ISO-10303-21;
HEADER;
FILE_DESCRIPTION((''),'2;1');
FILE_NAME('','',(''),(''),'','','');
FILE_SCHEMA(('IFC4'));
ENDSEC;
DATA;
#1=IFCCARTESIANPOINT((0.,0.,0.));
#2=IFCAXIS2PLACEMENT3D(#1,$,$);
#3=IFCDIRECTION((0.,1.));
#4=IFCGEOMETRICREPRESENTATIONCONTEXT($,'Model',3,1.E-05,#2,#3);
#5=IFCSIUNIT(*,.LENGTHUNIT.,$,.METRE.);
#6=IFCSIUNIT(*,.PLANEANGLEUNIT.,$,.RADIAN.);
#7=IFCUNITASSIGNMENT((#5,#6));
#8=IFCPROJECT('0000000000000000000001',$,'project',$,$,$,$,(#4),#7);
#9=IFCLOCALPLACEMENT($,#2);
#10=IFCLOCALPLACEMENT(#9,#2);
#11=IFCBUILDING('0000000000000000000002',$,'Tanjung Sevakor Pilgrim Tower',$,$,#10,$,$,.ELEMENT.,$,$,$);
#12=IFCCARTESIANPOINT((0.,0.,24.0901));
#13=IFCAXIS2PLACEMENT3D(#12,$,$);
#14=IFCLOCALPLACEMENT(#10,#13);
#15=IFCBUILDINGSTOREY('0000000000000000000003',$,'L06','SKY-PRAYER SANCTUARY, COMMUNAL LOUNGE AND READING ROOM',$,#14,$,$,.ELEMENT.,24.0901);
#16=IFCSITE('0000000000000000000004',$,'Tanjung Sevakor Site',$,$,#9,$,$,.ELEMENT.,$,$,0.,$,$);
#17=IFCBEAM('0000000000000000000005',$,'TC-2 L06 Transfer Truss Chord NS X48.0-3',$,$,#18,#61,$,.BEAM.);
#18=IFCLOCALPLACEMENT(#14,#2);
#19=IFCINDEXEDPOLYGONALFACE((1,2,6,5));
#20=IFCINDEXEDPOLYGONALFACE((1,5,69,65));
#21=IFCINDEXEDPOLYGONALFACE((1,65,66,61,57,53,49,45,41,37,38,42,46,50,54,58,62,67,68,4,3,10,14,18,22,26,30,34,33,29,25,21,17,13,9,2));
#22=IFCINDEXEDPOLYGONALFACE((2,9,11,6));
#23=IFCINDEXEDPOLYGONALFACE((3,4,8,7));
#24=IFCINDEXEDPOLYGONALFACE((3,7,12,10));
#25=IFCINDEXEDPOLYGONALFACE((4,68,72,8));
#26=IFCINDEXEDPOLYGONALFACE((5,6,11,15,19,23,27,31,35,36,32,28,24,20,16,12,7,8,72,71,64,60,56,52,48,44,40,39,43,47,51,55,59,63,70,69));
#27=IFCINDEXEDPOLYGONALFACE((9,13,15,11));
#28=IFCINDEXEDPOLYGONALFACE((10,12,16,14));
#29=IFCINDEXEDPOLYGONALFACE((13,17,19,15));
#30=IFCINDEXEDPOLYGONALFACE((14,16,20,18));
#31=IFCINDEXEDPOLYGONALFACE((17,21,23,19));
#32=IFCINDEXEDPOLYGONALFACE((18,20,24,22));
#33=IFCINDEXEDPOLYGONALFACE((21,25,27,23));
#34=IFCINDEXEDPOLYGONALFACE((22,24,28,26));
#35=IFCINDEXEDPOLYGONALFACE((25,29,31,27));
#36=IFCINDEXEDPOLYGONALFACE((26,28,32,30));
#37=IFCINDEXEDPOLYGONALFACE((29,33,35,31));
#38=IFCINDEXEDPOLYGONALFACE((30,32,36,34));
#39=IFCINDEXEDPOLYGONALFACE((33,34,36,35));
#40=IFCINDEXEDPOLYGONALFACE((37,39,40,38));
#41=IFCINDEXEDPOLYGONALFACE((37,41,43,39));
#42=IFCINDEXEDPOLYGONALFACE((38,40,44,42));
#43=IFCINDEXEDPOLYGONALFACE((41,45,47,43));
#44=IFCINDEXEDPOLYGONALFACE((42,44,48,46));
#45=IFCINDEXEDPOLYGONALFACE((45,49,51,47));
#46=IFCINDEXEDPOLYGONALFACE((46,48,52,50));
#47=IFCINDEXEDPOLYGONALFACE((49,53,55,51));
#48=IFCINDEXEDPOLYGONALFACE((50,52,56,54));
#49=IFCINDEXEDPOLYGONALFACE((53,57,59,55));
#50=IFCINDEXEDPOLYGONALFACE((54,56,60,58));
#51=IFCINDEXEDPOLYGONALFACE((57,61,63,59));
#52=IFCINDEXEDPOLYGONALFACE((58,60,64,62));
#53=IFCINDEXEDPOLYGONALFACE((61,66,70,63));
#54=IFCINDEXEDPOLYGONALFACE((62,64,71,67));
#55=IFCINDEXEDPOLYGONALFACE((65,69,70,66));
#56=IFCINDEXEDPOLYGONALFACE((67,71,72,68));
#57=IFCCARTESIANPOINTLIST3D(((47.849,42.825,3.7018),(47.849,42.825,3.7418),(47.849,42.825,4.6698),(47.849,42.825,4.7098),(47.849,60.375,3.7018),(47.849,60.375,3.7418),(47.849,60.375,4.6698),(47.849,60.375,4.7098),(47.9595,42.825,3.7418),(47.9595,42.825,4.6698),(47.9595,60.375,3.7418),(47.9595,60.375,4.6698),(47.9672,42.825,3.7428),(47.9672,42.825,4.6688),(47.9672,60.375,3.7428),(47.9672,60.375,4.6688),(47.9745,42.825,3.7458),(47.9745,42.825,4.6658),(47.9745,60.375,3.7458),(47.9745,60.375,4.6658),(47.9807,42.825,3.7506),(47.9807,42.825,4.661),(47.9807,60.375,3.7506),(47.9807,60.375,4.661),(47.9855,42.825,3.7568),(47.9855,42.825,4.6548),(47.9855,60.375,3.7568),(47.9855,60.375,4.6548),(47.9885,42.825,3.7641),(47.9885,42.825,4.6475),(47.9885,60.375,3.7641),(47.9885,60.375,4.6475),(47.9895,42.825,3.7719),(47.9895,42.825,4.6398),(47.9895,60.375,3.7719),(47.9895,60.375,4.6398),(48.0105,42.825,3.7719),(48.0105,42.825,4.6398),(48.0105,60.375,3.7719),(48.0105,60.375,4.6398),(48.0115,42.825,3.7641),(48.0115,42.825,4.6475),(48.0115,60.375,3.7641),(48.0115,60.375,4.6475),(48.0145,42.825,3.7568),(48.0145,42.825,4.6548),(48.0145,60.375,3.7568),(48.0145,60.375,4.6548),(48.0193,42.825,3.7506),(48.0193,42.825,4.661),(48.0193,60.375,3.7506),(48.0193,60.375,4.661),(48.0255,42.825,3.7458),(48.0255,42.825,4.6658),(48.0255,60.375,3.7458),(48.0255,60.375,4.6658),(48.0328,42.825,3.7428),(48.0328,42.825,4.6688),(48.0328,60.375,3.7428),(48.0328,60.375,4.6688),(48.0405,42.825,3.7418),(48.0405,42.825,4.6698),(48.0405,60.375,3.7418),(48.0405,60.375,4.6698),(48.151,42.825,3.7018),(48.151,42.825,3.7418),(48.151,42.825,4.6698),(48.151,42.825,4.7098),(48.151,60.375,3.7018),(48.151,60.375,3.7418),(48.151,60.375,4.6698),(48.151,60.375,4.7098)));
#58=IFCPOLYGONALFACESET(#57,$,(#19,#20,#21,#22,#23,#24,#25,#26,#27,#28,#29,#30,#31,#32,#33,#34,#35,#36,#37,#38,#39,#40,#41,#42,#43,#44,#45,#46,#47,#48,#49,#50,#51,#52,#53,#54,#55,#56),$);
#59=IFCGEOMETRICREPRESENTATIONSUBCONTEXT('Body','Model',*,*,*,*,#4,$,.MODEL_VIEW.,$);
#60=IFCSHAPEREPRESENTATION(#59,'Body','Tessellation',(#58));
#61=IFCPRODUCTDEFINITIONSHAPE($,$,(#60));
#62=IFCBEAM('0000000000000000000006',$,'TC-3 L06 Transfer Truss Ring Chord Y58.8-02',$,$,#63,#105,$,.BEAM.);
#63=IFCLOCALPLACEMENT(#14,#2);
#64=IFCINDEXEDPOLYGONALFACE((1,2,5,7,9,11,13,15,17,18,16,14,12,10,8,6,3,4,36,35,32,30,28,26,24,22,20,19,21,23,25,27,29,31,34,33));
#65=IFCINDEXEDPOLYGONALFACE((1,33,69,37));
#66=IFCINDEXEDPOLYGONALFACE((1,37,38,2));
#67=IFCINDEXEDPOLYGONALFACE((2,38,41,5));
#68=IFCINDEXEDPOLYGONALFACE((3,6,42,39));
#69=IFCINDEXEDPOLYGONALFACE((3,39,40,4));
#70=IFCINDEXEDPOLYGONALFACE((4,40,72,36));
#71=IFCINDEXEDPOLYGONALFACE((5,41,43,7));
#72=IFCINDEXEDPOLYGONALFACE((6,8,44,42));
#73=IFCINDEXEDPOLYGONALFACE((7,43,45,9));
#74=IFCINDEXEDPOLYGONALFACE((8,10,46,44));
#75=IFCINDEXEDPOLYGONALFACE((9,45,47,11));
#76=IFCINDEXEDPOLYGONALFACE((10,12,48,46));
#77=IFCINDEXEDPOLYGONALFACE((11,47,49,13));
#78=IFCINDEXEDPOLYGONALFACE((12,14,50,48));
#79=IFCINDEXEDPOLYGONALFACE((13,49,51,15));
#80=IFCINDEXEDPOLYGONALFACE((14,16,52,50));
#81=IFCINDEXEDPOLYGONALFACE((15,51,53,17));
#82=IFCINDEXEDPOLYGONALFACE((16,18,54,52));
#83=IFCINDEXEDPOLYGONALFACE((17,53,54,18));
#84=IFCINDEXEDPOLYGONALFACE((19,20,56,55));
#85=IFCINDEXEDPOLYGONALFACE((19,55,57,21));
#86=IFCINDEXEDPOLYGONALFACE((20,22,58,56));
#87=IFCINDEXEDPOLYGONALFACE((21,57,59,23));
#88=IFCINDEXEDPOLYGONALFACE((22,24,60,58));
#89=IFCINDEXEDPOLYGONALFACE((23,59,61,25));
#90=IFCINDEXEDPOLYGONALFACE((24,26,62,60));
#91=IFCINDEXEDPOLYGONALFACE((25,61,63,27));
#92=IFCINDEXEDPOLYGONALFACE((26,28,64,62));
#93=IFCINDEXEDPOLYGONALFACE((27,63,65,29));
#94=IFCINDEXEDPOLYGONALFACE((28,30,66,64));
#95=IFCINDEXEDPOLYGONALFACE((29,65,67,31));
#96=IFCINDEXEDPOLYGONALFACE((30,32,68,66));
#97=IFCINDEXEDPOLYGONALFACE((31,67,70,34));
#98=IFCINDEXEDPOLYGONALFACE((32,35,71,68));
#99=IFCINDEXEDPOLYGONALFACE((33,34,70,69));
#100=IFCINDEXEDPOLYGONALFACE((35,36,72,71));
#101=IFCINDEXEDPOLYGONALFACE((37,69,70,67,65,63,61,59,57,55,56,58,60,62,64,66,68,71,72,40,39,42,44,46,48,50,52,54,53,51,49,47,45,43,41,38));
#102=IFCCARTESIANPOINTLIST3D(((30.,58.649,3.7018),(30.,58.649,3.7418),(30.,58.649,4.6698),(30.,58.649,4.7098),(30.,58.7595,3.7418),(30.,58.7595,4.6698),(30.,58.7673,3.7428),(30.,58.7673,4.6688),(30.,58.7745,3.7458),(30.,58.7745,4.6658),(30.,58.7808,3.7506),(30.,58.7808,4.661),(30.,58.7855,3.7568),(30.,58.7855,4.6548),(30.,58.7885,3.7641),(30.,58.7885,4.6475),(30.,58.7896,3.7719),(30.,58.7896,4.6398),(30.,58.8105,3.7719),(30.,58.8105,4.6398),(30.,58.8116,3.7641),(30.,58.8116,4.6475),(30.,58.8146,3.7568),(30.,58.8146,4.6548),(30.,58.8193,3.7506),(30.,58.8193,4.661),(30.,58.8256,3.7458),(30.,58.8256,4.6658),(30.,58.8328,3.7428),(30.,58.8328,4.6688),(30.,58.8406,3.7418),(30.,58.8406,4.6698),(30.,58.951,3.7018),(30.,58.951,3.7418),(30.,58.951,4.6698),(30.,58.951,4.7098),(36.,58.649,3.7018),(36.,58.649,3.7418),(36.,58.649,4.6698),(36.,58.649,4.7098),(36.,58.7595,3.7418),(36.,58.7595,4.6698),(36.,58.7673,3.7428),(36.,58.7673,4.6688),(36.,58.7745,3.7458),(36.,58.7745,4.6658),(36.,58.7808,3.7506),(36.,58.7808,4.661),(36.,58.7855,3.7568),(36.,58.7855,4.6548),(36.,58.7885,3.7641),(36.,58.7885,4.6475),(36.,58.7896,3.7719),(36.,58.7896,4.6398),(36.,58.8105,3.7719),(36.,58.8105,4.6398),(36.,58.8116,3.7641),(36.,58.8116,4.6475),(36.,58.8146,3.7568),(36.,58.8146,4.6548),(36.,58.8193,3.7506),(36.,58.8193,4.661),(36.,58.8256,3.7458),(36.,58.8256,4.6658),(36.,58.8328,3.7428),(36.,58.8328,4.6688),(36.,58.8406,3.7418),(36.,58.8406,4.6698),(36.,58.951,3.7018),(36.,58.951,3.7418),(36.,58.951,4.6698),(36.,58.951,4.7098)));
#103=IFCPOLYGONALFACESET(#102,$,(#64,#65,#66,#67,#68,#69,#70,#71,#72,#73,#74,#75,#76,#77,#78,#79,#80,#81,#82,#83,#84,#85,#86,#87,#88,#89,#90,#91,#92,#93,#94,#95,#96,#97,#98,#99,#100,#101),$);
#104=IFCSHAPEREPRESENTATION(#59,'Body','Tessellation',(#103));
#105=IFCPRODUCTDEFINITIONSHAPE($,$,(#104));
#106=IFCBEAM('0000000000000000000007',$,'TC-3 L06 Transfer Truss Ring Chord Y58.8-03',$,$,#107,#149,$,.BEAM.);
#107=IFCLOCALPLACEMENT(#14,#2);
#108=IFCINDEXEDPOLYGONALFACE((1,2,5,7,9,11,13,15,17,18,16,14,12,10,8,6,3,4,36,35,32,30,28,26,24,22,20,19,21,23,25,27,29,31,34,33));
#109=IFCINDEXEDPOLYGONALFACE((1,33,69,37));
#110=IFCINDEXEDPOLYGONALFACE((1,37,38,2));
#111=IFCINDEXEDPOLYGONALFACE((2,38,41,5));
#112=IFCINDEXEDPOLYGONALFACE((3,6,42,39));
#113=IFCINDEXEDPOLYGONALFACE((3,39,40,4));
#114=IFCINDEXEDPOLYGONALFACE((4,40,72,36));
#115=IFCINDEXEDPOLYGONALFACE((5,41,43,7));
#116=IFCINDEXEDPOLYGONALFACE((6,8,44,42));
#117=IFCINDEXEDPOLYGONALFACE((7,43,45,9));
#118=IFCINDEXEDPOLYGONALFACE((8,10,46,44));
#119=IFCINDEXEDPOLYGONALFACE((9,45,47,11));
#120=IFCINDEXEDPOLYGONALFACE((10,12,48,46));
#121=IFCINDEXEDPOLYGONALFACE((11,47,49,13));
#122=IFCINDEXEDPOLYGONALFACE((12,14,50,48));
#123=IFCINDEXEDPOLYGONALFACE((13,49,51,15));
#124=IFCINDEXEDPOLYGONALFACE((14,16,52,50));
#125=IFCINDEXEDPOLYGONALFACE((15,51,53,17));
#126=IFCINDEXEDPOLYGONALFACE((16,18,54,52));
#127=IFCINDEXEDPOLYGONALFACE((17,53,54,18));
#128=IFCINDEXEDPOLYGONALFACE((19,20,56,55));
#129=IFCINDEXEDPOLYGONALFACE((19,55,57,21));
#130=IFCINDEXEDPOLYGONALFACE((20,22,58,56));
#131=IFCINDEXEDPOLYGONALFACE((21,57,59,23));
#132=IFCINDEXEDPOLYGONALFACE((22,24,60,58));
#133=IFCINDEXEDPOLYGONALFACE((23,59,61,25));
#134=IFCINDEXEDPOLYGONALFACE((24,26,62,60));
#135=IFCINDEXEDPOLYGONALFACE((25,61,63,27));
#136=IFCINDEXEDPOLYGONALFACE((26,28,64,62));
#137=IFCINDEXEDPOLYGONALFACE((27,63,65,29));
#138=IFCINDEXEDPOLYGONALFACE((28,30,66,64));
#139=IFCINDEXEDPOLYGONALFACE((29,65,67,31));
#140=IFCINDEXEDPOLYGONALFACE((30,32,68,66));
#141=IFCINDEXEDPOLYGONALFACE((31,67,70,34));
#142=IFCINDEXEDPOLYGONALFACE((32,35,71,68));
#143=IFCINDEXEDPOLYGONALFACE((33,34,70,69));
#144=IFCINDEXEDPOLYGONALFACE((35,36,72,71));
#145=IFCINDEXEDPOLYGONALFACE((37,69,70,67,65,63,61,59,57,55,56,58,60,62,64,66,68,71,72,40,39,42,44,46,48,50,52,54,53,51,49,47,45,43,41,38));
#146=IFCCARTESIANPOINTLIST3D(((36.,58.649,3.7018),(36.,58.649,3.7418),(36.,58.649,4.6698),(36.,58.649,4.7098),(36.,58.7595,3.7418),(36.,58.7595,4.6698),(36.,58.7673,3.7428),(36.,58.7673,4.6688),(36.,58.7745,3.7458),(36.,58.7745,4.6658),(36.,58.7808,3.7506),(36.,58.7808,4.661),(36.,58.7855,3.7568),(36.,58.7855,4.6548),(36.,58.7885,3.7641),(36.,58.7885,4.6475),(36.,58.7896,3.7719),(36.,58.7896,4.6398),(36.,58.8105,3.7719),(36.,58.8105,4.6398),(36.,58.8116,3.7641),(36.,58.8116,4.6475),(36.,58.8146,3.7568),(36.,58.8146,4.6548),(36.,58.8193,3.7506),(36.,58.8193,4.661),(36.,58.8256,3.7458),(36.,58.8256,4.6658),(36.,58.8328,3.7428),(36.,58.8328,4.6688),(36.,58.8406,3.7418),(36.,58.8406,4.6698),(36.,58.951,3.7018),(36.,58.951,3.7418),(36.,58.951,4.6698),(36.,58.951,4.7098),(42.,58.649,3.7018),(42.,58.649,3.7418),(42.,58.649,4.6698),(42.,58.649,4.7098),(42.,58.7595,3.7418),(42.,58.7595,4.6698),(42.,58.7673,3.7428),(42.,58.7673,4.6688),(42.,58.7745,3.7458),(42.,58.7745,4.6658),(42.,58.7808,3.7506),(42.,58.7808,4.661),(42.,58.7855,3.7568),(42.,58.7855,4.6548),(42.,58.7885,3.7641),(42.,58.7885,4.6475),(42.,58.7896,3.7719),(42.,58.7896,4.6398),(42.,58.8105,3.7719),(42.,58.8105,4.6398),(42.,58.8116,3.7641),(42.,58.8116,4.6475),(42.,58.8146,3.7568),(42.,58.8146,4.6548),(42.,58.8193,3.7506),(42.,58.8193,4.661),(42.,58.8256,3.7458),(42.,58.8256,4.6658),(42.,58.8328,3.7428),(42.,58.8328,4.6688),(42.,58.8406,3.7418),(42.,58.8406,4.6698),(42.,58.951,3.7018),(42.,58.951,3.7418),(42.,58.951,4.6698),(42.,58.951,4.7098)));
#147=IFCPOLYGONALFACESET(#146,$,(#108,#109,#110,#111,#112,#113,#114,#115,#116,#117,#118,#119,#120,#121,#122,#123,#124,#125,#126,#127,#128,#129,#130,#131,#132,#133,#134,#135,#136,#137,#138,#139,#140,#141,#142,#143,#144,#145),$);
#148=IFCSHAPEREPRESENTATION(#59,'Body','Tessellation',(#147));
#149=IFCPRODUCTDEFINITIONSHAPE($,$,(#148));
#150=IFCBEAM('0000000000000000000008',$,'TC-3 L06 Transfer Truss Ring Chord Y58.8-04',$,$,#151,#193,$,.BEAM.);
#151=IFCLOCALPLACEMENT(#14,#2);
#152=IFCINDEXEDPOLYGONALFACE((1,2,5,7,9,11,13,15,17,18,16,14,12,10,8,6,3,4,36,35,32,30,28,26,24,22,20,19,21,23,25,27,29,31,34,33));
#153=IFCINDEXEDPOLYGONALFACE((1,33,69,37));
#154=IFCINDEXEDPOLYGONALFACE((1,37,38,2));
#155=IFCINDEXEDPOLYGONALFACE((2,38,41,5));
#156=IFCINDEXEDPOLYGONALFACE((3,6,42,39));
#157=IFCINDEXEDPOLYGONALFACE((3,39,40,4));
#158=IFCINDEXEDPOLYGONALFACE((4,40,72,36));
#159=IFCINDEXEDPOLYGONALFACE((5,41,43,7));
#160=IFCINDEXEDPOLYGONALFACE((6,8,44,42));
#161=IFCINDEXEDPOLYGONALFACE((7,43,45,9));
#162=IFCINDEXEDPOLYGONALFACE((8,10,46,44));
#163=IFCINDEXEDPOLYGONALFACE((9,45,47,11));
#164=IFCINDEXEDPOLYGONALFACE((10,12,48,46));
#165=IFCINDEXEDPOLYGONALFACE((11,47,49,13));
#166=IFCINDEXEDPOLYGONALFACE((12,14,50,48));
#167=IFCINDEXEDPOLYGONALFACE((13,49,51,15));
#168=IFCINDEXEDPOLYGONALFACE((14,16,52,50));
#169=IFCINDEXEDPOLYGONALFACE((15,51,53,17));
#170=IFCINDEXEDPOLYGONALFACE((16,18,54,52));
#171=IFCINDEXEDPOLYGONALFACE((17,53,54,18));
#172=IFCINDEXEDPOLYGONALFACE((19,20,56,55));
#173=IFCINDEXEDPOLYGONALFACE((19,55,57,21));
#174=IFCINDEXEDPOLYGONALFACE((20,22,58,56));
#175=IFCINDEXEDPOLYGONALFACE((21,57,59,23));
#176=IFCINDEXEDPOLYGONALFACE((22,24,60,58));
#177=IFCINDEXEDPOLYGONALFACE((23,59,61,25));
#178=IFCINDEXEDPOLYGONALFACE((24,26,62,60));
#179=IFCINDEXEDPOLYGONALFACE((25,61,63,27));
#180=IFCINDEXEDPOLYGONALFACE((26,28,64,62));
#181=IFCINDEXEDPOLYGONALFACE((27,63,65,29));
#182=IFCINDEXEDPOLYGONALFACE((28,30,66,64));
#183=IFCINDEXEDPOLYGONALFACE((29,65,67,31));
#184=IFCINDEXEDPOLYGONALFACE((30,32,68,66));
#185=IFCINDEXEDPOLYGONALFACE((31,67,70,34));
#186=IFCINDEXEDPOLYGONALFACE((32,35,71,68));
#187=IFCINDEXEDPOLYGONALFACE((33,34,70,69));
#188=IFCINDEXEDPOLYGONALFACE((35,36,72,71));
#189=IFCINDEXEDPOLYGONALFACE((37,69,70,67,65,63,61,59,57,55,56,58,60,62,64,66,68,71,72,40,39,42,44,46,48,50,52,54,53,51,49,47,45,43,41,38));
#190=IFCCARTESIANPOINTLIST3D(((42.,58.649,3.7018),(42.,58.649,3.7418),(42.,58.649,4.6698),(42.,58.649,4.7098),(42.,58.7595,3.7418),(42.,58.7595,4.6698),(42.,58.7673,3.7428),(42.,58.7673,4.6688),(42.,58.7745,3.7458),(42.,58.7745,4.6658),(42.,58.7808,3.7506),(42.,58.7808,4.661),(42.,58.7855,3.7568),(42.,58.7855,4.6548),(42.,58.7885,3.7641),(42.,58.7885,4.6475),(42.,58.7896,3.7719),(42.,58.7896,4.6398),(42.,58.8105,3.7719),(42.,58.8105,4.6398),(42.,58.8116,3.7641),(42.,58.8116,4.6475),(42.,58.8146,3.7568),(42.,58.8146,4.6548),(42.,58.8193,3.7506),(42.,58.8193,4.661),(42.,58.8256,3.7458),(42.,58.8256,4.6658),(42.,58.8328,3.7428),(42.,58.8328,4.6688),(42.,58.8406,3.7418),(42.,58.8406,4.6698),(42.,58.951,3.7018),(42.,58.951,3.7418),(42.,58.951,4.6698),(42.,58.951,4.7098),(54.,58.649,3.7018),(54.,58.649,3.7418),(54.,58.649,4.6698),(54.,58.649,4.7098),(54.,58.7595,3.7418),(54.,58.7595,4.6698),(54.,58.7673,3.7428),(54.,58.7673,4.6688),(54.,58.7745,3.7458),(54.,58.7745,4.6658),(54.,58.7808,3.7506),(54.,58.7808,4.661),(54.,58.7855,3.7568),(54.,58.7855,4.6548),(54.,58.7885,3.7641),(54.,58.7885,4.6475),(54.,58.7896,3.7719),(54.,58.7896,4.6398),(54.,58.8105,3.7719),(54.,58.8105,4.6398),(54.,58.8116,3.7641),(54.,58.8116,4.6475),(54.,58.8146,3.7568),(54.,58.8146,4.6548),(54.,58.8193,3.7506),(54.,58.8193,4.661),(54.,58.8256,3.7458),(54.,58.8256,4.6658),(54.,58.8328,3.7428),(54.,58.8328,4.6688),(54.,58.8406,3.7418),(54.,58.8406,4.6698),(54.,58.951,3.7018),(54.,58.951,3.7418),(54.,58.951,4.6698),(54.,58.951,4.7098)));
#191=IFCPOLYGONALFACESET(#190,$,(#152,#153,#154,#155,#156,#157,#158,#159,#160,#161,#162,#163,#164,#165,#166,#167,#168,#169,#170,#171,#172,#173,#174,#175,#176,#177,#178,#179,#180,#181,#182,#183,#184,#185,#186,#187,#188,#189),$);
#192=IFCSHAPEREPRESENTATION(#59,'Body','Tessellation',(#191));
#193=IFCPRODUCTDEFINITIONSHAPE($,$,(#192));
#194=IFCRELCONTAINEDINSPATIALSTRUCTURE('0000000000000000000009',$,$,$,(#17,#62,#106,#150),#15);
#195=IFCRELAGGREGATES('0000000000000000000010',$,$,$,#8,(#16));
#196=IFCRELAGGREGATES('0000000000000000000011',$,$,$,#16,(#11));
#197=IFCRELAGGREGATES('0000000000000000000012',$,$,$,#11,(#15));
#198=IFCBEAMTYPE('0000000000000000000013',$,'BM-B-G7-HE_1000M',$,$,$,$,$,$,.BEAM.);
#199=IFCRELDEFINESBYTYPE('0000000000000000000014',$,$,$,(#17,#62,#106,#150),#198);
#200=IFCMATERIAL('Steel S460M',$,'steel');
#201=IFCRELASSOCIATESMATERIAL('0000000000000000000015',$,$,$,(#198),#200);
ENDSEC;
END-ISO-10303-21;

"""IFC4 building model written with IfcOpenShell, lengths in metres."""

from ifc_helpers import new_model, si_unit, direction, frame, origin, origin_2d, place, context, subcontext, project, spatial, i_section, extrude, material, material_profile, profile_set, type_object, element, save


model = new_model("IFC4")

# Units and contexts
model_context = context("Model", 3, precision=1e-05, world=origin(), true_north=direction((0.0, 1.0)))
body_context = subcontext(model_context, "Body", "Model", "MODEL_VIEW")
ifc_project = project(units=[si_unit("LENGTHUNIT", "METRE"), si_unit("PLANEANGLEUNIT", "RADIAN")], contexts=[model_context])

# Site, building, storey
site_placement = place(None, origin())
site = spatial("IfcSite", under=ifc_project, at=site_placement, Name="Tanjung Sevakor Site", CompositionType="ELEMENT", RefElevation=0.0)
building_placement = place(site_placement, origin())
building = spatial("IfcBuilding", under=site, at=building_placement, Name="Tanjung Sevakor Pilgrim Tower", CompositionType="ELEMENT")
storey_placement = place(building_placement, frame((0.0, 0.0, 24.0901)))
storey = spatial("IfcBuildingStorey", under=building, at=storey_placement, Name="L06", Description="SKY-PRAYER SANCTUARY, COMMUNAL LOUNGE AND READING ROOM", CompositionType="ELEMENT", Elevation=24.0901)

# Beams
ifc_material_1 = material(Name="Steel S460M", Category="steel")
ifc_material_profile_1 = material_profile(ifc_material_1, i_section(OverallWidth=0.302, OverallDepth=1.0081, WebThickness=0.021, FlangeThickness=0.04, FilletRadius=0.03, at=origin_2d()))
ifc_profile_set_1 = profile_set([ifc_material_profile_1], Name="Steel S460M")
beam_type_1 = type_object("IfcBeamType", Name="BM-B-G7-HE_1000M", PredefinedType="BEAM", material=ifc_profile_set_1)
for number, where, z_axis, x_axis, name in (
    (1, (48.0, 42.825, 4.2058), (0.0, 1.0, 0.0), (-1.0, 0.0, 0.0), "TC-2 L06 Transfer Truss Chord NS X48.0-3"),
):
    element("IfcBeam", number, at=place(storey_placement, frame(where, z_axis=z_axis, x_axis=x_axis)), inside=storey, type_object=beam_type_1, Name=name, PredefinedType="BEAM", context=body_context, shape_type="SweptSolid", body=[
        extrude(i_section(OverallWidth=0.302, OverallDepth=1.0081, WebThickness=0.021, FlangeThickness=0.04, FilletRadius=0.03, at=origin_2d()), origin(), (0.0, 0.0, 1.0), 17.55),
    ])
for number, where, z_axis, x_axis, name in (
    (2, (30.0, 58.8, 4.2058), (1.0, 0.0, 0.0), (0.0, 1.0, 0.0), "TC-3 L06 Transfer Truss Ring Chord Y58.8-02"),
    (3, (36.0, 58.8, 4.2058), (1.0, 0.0, 0.0), (0.0, 1.0, 0.0), "TC-3 L06 Transfer Truss Ring Chord Y58.8-03"),
):
    element("IfcBeam", number, at=place(storey_placement, frame(where, z_axis=z_axis, x_axis=x_axis)), inside=storey, type_object=beam_type_1, Name=name, PredefinedType="BEAM", context=body_context, shape_type="SweptSolid", body=[
        extrude(i_section(OverallWidth=0.302, OverallDepth=1.0081, WebThickness=0.021, FlangeThickness=0.04, FilletRadius=0.03, at=origin_2d()), origin(), (0.0, 0.0, 1.0), 6.0),
    ])
beam_1_placement = place(storey_placement, frame((42.0, 58.8, 4.2058), z_axis=(1.0, 0.0, 0.0), x_axis=(0.0, 1.0, 0.0)))
element("IfcBeam", 4, at=beam_1_placement, inside=storey, type_object=beam_type_1, Name="TC-3 L06 Transfer Truss Ring Chord Y58.8-04", PredefinedType="BEAM", context=body_context, shape_type="SweptSolid", body=[
    extrude(i_section(OverallWidth=0.302, OverallDepth=1.0081, WebThickness=0.021, FlangeThickness=0.04, FilletRadius=0.03, at=origin_2d()), origin(), (0.0, 0.0, 1.0), 12.0),
])

save(model, "model.ifc")
